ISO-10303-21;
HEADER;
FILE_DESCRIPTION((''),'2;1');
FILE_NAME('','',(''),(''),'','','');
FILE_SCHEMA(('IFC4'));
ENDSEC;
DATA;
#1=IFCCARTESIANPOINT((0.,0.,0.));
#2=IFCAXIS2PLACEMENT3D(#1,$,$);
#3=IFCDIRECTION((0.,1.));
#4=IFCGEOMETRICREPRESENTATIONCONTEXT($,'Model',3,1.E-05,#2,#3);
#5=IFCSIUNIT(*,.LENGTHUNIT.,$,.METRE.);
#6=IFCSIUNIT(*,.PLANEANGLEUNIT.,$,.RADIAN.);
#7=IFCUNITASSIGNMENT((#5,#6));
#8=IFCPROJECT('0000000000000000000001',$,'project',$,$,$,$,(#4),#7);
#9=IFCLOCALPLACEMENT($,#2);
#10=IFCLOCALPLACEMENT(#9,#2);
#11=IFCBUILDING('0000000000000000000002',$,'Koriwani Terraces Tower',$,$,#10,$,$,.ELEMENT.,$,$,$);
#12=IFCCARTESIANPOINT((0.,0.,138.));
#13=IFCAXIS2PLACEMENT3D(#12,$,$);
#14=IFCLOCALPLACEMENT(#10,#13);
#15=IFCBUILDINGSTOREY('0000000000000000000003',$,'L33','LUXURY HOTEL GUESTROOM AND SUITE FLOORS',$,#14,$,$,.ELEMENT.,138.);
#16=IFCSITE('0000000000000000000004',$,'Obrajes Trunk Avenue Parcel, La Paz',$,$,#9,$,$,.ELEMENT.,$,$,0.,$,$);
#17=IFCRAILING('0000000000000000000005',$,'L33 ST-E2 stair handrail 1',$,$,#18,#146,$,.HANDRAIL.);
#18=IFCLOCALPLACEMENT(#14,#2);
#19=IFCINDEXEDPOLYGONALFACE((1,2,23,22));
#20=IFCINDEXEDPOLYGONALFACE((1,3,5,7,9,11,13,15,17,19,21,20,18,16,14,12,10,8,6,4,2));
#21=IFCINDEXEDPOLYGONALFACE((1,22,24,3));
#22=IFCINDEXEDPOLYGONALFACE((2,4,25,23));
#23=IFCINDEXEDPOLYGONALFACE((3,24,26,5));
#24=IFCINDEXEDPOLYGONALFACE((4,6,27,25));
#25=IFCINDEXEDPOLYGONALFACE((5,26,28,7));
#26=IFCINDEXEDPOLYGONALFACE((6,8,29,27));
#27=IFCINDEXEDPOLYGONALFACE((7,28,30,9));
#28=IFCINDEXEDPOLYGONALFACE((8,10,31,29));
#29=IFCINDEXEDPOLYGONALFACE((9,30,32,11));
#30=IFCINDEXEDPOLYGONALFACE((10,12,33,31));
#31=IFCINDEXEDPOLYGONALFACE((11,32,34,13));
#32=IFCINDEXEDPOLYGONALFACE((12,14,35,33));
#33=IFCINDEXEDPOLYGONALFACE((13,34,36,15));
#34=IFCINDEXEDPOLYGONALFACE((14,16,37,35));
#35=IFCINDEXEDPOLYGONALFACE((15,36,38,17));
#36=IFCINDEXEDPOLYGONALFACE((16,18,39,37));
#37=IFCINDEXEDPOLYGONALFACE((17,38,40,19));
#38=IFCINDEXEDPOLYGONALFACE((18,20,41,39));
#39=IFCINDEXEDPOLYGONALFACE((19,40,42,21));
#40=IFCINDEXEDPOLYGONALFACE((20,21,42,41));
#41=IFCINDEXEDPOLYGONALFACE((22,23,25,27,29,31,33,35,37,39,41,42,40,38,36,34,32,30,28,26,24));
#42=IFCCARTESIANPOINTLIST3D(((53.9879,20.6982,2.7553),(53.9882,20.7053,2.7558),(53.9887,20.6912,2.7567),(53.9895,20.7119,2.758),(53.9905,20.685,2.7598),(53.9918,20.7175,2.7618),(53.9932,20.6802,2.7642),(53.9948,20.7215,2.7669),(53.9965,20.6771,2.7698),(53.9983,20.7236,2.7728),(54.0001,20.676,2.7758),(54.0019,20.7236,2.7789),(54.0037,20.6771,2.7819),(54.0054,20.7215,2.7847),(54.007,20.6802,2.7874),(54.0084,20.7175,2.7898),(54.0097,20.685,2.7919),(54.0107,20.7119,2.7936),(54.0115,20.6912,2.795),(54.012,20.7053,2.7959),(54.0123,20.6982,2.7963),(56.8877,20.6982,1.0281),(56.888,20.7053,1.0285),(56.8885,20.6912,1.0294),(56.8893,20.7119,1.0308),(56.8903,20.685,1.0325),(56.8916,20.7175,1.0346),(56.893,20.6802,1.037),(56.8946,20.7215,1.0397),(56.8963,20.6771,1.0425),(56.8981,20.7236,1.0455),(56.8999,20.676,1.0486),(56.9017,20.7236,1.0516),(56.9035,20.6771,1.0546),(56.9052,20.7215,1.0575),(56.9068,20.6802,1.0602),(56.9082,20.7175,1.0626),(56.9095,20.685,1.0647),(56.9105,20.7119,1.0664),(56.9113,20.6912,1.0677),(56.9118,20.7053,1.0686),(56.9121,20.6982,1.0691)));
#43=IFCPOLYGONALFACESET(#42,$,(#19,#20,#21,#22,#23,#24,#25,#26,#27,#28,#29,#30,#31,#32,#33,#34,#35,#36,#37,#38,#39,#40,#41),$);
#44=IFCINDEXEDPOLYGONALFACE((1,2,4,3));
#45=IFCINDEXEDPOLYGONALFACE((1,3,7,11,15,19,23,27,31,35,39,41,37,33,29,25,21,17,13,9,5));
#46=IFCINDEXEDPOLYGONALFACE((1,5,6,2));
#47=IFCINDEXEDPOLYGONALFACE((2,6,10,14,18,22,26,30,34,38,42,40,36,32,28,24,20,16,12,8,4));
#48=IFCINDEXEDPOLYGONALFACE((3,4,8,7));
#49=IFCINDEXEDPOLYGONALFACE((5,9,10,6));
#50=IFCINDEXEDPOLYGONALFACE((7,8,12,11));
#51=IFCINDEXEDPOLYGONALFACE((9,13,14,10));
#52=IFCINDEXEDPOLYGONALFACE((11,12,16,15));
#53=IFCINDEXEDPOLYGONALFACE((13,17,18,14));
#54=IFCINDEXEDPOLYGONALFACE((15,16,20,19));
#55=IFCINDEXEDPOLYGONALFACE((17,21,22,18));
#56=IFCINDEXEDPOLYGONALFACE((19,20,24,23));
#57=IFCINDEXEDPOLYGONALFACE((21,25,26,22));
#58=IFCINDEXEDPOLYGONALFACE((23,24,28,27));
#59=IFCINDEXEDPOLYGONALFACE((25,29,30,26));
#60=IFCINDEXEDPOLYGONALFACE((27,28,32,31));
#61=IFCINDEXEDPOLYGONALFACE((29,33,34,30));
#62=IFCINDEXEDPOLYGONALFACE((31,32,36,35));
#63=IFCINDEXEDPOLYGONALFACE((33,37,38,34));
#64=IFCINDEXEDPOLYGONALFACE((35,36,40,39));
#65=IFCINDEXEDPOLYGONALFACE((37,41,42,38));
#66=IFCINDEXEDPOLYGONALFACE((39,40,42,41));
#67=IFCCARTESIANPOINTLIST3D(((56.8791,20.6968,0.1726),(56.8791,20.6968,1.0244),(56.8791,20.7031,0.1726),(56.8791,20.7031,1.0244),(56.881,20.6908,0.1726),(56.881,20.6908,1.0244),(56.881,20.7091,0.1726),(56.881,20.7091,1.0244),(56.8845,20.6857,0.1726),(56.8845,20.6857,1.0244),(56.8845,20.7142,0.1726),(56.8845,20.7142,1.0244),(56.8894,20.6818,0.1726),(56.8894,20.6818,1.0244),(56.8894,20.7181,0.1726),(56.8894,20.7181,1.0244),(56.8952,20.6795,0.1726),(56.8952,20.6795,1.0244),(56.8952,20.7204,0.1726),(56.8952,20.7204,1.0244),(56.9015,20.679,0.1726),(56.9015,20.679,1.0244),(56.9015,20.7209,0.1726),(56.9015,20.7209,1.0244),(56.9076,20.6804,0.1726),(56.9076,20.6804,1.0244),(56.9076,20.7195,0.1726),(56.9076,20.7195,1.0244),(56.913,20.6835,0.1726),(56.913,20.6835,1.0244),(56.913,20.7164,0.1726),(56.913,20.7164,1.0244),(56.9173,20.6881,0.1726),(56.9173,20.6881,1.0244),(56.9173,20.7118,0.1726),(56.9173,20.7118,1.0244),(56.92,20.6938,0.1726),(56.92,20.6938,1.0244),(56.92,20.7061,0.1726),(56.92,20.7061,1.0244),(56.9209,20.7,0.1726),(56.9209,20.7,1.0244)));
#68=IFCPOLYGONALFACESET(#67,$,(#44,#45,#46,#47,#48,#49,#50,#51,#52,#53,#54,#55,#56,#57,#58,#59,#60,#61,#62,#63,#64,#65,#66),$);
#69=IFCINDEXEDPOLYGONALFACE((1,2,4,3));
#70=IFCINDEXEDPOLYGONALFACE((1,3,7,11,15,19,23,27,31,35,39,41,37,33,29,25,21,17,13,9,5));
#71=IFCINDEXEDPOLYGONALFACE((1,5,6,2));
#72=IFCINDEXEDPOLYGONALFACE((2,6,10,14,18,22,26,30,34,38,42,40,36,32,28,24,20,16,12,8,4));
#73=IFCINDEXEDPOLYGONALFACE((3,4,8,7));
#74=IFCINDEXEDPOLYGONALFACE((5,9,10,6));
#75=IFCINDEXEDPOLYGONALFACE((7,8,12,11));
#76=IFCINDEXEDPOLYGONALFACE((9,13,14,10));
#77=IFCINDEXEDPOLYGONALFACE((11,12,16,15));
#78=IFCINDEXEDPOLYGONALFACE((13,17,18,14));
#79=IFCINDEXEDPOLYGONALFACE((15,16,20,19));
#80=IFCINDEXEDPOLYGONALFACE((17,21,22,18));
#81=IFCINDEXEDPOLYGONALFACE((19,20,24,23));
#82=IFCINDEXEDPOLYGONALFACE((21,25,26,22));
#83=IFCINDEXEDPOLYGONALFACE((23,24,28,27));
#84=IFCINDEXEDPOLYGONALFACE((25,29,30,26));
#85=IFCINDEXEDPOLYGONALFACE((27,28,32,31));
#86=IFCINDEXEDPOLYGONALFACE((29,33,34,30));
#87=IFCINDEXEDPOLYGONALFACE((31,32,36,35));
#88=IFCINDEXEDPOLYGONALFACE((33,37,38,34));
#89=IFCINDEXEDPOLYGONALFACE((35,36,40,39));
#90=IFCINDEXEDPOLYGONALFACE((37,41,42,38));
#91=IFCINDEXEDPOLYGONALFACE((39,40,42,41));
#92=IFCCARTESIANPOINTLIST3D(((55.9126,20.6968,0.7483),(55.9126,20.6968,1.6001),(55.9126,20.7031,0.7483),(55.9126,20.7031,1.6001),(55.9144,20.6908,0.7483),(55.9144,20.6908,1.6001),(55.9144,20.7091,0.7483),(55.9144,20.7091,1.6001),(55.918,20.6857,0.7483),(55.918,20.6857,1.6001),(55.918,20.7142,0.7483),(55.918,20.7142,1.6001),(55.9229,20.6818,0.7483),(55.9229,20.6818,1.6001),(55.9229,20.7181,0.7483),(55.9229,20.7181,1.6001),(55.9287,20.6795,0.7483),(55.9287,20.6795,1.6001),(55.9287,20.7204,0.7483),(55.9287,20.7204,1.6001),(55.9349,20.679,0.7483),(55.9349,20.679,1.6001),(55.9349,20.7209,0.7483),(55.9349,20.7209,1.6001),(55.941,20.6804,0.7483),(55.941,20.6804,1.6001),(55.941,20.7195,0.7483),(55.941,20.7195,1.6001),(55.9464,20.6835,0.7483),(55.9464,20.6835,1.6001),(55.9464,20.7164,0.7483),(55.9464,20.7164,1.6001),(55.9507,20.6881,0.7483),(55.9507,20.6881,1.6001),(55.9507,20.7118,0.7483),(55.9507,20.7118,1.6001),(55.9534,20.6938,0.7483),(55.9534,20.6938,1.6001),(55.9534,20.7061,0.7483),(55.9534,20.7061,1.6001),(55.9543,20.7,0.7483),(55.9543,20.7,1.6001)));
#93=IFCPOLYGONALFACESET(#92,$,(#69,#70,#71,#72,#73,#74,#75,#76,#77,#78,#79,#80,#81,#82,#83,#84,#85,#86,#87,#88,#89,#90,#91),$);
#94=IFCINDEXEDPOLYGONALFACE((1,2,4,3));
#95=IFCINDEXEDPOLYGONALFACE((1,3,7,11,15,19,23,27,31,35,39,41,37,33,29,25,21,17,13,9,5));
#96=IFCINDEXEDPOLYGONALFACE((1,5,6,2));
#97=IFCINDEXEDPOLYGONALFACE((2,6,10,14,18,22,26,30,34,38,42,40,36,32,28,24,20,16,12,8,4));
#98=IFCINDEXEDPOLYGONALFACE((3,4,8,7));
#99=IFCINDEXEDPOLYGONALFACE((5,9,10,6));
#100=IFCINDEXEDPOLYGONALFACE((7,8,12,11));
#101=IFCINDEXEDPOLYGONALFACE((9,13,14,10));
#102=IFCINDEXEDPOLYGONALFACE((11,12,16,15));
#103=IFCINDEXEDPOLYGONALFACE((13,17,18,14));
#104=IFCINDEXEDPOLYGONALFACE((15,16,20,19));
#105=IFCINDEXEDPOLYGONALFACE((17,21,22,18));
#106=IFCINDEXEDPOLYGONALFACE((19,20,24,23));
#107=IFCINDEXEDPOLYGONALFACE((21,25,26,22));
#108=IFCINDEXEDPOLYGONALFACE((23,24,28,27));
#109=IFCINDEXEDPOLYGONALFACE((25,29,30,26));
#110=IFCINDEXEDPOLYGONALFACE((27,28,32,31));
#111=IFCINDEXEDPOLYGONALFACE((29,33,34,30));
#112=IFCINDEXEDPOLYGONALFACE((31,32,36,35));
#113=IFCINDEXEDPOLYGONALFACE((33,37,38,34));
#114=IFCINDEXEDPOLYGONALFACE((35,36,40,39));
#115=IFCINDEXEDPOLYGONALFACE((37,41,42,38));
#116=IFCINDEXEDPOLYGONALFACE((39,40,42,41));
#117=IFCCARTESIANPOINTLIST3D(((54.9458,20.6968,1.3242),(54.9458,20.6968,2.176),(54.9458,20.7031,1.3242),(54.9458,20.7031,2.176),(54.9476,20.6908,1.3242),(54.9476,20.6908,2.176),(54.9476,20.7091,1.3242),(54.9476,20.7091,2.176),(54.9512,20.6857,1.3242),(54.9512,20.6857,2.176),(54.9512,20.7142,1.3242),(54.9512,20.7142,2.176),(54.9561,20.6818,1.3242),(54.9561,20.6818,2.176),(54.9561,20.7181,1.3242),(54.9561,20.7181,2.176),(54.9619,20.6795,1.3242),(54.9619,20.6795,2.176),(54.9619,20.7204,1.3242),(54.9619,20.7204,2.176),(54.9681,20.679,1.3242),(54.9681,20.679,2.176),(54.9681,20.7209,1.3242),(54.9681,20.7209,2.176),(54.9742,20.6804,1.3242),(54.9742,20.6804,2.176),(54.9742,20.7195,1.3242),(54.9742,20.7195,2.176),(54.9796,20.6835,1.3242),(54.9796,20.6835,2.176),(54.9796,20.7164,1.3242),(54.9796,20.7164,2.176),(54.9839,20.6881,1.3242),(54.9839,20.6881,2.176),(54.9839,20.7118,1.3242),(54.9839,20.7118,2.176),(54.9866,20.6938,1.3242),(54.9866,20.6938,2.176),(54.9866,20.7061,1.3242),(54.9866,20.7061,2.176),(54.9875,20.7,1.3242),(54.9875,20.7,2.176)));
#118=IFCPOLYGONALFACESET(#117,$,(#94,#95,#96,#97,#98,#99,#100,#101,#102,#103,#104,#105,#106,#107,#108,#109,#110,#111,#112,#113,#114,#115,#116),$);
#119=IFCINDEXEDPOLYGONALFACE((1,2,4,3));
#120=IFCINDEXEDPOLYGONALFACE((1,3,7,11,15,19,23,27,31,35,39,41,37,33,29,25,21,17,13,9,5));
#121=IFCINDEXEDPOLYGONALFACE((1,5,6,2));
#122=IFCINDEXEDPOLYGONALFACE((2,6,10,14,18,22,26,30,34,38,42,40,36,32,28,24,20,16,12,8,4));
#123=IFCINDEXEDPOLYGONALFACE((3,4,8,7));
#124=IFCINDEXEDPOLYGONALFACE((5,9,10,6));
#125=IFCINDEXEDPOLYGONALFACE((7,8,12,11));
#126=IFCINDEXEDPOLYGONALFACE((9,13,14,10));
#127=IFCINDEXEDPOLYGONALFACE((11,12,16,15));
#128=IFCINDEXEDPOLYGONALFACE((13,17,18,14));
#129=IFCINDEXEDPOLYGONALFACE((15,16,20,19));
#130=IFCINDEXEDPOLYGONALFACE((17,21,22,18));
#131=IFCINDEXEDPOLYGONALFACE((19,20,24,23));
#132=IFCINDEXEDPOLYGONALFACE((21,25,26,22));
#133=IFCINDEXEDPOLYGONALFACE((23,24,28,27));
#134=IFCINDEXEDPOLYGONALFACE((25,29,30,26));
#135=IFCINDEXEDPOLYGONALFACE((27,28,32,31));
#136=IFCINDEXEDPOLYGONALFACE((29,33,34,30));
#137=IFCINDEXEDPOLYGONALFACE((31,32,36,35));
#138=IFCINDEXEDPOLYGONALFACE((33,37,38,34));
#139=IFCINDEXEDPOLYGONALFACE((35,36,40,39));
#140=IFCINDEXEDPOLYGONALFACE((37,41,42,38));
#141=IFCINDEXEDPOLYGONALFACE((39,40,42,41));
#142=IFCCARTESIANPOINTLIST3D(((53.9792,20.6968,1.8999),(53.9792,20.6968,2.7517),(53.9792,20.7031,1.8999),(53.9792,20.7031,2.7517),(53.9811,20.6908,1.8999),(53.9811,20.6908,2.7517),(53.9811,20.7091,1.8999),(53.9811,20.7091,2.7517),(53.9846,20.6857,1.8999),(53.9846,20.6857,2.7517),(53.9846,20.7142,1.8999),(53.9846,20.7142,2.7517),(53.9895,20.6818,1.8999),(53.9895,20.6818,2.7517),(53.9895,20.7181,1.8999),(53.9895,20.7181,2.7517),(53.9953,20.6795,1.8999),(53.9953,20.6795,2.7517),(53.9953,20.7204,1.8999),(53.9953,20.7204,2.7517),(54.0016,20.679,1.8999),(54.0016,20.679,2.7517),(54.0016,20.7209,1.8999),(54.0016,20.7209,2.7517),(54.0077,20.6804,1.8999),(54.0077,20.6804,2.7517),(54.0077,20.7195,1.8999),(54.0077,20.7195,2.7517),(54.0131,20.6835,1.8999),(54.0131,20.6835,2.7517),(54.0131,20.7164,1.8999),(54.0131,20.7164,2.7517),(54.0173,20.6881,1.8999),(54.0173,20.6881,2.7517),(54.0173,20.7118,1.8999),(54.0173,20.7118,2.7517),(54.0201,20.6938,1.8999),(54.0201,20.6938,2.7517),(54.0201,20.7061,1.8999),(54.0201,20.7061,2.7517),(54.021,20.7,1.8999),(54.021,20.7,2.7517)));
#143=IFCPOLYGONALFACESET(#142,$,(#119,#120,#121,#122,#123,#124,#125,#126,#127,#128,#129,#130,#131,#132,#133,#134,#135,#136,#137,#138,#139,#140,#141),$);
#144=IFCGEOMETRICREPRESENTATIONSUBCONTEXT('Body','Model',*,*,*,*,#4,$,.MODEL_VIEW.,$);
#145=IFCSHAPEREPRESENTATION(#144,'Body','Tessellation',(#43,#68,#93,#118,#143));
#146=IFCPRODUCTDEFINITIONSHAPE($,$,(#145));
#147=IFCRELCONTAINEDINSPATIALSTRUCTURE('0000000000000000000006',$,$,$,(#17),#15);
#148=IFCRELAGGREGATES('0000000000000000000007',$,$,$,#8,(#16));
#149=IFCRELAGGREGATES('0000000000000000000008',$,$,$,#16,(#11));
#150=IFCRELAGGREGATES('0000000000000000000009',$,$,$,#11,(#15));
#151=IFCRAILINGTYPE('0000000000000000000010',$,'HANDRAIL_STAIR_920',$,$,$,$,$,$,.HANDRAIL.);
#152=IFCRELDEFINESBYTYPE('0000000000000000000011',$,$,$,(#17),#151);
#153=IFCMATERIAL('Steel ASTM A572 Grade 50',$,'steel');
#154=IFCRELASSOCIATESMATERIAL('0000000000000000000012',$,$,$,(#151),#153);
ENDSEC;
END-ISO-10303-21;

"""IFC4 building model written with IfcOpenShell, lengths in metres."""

from ifc_helpers import new_model, si_unit, direction, frame, origin, origin_2d, place, context, subcontext, project, spatial, circle, extrude, material, type_object, element, save


model = new_model("IFC4")

# Units and contexts
model_context = context("Model", 3, precision=1e-05, world=origin(), true_north=direction((0.0, 1.0)))
body_context = subcontext(model_context, "Body", "Model", "MODEL_VIEW")
ifc_project = project(units=[si_unit("LENGTHUNIT", "METRE"), si_unit("PLANEANGLEUNIT", "RADIAN")], contexts=[model_context])

# Site, building, storey
site_placement = place(None, origin())
site = spatial("IfcSite", under=ifc_project, at=site_placement, Name="Obrajes Trunk Avenue Parcel, La Paz", CompositionType="ELEMENT", RefElevation=0.0)
building_placement = place(site_placement, origin())
building = spatial("IfcBuilding", under=site, at=building_placement, Name="Koriwani Terraces Tower", CompositionType="ELEMENT")
storey_placement = place(building_placement, frame((0.0, 0.0, 138.0)))
storey = spatial("IfcBuildingStorey", under=building, at=storey_placement, Name="L33", Description="LUXURY HOTEL GUESTROOM AND SUITE FLOORS", CompositionType="ELEMENT", Elevation=138.0)

# Shared definitions
ifc_material_1 = material(Name="Steel ASTM A572 Grade 50", Category="steel")

# Railing
railing_type_1 = type_object("IfcRailingType", Name="HANDRAIL_STAIR_920", PredefinedType="HANDRAIL", material=ifc_material_1)
railing_1_placement = place(storey_placement, frame((56.8999, 20.7, 0.1726)))
element("IfcRailing", 1, at=railing_1_placement, inside=storey, type_object=railing_type_1, Name="L33 ST-E2 stair handrail 1", PredefinedType="HANDRAIL", context=body_context, shape_type="SweptSolid", body=[
    extrude(circle(Radius=0.0239, at=origin_2d()), frame((0.0, 0.0, 0.876), z_axis=(-0.859141, 0.0, 0.511738), x_axis=(0.0, -1.0, 0.0)), (0.0, 0.0, 1.0), 3.3752),
    extrude(circle(Radius=0.021, at=origin_2d()), origin(), (0.0, 0.0, 1.0), 0.8518),
    extrude(circle(Radius=0.021, at=origin_2d()), frame((-0.9666, 0.0, 0.5757)), (0.0, 0.0, 1.0), 0.8518),
    extrude(circle(Radius=0.021, at=origin_2d()), frame((-1.9333, 0.0, 1.1516)), (0.0, 0.0, 1.0), 0.8518),
    extrude(circle(Radius=0.021, at=origin_2d()), frame((-2.8999, 0.0, 1.7273)), (0.0, 0.0, 1.0), 0.8518),
])

save(model, "model.ifc")
